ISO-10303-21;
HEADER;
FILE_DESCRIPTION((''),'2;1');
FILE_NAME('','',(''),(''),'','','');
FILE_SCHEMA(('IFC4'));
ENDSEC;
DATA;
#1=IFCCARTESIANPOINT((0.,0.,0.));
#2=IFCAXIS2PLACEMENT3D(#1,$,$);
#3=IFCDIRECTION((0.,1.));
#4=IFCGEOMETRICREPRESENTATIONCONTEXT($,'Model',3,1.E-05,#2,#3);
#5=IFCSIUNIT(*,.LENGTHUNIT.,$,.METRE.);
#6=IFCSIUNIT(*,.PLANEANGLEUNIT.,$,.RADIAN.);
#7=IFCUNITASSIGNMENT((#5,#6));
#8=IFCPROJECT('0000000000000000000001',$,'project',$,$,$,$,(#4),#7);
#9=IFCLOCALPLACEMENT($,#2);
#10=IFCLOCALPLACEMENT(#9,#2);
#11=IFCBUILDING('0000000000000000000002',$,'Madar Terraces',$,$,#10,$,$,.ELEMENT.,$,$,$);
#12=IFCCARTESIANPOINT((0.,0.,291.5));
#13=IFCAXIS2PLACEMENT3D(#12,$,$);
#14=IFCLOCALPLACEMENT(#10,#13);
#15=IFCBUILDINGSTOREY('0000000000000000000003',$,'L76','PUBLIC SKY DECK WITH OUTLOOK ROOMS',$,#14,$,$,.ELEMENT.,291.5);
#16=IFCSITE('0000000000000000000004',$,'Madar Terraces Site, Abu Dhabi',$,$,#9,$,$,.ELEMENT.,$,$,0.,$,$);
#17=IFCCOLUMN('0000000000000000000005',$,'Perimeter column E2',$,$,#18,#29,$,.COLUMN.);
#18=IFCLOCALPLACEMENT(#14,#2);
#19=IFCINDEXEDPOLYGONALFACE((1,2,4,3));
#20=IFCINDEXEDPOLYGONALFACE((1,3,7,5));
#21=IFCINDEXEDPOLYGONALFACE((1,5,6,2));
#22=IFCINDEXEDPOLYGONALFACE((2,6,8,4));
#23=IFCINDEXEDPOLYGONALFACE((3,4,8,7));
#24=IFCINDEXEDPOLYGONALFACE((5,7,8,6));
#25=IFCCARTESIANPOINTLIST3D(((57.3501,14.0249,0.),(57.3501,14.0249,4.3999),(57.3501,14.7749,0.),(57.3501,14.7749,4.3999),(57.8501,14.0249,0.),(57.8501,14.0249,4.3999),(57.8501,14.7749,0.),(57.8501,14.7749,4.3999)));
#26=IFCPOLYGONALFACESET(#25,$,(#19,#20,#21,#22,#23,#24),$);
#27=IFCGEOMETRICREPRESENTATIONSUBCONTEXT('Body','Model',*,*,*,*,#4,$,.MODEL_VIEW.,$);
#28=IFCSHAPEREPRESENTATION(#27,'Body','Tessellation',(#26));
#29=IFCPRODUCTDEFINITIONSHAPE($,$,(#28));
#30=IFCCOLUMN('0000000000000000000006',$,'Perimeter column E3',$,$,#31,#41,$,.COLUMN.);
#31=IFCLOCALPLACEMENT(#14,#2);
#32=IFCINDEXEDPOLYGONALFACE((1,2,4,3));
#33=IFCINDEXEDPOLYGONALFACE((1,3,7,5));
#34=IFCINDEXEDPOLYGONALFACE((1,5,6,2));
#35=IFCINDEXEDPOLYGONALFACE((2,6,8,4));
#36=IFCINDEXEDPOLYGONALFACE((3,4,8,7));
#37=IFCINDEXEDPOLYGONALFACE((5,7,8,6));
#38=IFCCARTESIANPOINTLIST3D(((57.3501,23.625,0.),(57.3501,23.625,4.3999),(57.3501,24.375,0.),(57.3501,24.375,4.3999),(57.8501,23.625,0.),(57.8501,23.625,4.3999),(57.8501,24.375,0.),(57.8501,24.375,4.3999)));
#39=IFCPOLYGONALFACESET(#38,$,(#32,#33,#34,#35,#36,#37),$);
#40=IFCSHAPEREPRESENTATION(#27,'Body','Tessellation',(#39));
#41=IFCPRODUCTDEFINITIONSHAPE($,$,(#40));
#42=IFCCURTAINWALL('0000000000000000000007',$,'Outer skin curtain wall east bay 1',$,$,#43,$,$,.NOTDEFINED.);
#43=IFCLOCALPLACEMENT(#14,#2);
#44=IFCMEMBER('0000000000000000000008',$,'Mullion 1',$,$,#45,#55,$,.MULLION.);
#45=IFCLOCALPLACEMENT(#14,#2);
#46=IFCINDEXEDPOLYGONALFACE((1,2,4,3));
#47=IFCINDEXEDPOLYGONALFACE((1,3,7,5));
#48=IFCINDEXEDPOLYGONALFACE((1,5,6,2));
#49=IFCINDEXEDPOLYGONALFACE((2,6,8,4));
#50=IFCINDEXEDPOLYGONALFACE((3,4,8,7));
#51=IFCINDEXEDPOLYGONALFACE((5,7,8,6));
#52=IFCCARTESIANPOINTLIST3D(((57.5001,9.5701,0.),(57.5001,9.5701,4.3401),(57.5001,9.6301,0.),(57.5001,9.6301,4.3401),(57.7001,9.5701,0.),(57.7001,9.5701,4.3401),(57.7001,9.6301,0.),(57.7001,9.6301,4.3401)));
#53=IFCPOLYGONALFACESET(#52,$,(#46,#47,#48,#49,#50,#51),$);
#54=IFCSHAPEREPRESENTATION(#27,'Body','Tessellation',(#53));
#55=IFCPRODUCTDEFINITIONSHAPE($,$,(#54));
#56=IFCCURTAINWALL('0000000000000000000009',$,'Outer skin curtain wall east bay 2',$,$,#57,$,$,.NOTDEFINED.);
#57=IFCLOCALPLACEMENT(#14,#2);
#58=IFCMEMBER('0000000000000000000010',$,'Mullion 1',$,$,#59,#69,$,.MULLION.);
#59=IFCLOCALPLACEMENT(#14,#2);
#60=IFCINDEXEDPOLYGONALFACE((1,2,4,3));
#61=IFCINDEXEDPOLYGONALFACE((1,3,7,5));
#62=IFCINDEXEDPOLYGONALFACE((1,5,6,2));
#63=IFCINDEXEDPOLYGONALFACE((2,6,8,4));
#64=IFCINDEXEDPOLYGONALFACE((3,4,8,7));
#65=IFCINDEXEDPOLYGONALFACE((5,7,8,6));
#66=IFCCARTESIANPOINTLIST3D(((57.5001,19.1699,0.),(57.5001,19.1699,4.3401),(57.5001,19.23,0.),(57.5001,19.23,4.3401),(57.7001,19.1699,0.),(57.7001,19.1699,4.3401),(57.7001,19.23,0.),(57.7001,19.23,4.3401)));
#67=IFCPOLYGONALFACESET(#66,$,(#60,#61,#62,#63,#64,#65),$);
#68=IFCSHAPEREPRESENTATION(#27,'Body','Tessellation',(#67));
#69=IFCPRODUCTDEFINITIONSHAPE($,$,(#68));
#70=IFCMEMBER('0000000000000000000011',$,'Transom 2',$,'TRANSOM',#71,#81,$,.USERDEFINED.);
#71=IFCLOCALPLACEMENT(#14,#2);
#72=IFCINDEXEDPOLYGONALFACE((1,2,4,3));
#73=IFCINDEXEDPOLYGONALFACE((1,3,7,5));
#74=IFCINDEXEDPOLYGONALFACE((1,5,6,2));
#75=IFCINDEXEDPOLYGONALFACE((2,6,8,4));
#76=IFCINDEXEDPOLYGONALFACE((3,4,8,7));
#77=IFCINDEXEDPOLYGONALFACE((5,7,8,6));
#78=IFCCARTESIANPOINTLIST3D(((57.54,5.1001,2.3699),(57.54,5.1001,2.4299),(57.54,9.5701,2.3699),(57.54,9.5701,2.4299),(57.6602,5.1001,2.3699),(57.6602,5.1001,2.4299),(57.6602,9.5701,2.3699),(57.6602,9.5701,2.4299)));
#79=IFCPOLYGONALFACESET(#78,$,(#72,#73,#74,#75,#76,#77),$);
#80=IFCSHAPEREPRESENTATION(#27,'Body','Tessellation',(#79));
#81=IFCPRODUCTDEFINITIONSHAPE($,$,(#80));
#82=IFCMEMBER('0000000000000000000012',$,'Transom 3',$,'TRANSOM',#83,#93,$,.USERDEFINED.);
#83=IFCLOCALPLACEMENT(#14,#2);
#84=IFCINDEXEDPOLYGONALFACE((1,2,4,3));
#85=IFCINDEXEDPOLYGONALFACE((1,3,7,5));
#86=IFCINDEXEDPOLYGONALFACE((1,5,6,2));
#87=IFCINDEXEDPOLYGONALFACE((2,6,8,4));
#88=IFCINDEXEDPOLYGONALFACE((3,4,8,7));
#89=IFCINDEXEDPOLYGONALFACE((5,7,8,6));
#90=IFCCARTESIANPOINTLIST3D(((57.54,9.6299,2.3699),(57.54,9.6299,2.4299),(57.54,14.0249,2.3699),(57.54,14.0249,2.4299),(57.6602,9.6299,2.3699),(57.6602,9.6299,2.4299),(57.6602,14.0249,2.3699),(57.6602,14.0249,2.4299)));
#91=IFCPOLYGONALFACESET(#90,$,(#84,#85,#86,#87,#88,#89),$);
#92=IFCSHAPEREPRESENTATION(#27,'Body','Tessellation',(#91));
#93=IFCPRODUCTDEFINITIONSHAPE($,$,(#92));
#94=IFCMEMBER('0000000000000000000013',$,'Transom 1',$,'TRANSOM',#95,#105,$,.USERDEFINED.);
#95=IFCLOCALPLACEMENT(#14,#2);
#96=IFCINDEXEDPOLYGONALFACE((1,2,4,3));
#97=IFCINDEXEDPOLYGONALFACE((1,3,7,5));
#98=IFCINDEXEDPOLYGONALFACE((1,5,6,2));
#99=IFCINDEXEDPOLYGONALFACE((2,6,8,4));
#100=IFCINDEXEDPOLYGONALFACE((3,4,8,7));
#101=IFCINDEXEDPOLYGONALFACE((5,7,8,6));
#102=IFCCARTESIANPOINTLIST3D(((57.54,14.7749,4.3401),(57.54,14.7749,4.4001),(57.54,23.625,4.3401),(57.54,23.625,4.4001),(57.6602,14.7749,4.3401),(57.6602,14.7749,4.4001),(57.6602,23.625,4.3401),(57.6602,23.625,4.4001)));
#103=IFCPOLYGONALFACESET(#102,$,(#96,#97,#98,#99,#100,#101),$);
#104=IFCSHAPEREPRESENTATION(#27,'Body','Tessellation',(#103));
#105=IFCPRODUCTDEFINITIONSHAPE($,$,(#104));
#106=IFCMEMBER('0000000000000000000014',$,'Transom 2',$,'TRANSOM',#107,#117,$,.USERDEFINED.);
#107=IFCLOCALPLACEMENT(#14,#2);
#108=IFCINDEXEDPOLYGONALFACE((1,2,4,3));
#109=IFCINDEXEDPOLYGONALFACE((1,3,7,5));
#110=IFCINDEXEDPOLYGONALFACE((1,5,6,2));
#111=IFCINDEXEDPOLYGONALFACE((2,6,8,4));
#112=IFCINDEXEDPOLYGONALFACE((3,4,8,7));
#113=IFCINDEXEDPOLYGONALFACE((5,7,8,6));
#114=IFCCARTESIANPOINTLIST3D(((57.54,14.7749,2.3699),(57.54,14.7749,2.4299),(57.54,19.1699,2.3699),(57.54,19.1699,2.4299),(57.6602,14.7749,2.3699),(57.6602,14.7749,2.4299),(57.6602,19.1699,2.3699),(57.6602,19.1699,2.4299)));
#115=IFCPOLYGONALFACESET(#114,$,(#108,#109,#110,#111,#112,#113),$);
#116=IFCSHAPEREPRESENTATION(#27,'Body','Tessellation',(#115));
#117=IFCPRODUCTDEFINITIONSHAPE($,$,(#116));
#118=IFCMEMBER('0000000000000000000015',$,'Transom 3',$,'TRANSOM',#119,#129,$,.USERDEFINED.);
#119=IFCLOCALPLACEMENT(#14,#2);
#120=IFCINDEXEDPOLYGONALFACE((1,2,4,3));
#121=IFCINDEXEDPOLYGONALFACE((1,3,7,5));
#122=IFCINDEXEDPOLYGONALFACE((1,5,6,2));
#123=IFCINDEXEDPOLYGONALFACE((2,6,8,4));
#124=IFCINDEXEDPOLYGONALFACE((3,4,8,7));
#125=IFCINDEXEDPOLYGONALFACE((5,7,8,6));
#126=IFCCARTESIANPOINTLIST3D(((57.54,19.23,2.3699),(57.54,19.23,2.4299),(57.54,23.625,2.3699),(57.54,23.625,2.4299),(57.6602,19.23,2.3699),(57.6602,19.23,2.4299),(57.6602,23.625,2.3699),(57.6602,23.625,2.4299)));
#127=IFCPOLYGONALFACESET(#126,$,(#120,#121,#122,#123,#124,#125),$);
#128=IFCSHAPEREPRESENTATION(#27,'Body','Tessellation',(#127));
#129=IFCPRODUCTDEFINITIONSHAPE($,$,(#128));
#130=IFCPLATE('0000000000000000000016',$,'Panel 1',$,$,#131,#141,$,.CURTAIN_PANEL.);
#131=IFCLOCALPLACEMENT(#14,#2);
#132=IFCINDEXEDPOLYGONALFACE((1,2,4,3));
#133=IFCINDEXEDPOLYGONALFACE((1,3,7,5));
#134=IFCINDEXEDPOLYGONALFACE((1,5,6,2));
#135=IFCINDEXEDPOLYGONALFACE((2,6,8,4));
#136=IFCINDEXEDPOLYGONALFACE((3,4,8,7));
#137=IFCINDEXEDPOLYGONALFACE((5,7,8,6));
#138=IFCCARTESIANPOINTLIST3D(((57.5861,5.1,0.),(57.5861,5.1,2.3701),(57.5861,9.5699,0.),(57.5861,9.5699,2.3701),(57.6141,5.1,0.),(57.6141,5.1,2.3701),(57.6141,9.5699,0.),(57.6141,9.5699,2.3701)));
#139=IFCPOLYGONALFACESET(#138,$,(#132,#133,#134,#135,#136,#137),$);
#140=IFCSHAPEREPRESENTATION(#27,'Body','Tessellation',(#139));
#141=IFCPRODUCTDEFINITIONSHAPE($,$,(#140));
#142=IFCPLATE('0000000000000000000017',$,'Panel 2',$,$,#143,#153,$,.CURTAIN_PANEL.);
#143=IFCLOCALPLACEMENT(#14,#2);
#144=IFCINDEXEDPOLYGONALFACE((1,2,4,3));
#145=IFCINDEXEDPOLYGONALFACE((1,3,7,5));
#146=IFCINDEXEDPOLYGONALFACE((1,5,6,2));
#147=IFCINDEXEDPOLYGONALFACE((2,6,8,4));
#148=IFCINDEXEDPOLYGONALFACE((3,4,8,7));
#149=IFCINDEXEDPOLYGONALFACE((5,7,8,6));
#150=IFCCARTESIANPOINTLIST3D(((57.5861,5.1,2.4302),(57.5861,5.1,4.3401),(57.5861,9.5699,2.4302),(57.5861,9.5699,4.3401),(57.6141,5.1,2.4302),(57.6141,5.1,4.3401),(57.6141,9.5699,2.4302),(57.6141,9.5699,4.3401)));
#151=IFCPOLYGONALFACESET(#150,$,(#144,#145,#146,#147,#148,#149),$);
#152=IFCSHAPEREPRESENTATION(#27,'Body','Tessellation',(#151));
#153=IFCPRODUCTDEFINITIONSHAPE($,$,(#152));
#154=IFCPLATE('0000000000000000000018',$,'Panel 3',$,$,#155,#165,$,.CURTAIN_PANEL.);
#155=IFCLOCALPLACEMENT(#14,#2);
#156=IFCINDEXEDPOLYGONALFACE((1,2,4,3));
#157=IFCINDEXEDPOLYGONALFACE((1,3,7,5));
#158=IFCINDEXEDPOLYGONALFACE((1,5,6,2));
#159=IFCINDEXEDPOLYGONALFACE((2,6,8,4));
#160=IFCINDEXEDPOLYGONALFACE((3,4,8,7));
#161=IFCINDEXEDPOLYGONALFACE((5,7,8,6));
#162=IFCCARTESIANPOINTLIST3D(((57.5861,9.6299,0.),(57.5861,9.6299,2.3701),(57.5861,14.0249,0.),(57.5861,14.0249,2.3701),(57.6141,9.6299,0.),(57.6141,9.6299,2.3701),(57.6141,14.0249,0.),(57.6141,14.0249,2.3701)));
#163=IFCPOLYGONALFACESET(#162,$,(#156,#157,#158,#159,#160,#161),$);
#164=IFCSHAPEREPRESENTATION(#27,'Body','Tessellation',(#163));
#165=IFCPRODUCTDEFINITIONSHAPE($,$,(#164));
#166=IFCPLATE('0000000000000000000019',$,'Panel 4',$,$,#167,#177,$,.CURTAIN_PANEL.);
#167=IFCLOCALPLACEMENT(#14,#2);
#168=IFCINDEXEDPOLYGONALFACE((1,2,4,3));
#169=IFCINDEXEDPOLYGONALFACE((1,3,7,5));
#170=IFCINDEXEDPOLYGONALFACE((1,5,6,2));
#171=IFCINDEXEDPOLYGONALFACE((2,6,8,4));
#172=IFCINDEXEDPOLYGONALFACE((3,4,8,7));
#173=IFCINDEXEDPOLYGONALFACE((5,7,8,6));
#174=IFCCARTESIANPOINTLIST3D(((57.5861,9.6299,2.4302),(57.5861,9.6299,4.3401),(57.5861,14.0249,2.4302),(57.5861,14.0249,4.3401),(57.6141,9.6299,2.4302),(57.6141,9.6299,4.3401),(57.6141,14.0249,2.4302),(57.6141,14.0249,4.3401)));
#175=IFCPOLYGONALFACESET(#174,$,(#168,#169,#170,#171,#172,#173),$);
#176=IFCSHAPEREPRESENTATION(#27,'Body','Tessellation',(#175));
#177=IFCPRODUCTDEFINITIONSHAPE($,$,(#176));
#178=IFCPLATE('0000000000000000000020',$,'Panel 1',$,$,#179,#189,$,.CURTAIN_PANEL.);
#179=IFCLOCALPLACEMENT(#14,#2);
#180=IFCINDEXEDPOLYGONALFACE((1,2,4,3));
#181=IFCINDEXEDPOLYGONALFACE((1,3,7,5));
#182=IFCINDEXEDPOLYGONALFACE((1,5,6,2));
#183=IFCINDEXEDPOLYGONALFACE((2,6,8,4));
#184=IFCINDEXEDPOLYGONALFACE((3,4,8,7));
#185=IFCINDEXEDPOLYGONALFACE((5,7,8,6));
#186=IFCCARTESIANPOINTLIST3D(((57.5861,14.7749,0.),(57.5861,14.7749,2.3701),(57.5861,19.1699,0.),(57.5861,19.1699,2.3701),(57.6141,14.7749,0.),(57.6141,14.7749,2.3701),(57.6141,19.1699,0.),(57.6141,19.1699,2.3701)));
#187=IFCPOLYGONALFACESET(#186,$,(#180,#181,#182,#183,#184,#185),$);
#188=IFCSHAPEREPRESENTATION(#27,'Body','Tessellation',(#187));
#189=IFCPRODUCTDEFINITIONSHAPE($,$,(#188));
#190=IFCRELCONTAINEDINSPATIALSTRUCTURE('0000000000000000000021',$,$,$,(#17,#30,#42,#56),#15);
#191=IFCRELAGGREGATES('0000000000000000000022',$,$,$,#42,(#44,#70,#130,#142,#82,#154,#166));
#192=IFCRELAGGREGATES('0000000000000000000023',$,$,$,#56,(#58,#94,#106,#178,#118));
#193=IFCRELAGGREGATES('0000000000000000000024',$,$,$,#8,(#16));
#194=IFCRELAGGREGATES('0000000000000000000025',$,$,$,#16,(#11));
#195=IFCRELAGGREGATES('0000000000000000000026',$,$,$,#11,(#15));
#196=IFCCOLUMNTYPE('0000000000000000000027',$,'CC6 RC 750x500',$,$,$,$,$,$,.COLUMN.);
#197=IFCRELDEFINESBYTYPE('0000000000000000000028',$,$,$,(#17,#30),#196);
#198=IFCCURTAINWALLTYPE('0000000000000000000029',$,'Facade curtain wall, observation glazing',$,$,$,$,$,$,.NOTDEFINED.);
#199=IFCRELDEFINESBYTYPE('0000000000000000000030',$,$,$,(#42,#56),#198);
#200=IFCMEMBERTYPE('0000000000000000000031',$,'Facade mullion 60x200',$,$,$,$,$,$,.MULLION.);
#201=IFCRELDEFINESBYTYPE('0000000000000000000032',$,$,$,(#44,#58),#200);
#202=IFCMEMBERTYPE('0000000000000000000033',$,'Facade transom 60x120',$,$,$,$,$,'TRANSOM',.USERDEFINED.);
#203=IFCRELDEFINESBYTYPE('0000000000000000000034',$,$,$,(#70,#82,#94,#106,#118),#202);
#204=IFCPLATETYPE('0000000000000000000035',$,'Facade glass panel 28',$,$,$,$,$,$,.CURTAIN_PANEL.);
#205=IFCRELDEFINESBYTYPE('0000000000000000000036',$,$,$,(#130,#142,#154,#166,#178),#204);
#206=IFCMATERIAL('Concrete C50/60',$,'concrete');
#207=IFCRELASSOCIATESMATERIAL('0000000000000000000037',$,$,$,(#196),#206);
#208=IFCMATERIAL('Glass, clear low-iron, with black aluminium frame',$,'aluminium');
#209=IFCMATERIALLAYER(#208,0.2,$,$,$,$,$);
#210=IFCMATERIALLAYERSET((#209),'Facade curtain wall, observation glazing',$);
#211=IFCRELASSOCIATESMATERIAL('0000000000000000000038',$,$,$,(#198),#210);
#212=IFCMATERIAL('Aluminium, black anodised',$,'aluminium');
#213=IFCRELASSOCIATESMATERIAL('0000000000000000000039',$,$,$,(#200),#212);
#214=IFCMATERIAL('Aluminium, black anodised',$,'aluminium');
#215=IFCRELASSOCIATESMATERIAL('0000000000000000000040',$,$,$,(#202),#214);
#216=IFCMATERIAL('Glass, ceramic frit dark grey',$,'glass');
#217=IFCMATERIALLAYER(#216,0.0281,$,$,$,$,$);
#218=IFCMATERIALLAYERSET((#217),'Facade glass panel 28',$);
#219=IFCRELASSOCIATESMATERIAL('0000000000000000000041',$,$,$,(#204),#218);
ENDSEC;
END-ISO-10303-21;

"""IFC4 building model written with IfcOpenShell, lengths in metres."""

from ifc_helpers import new_model, si_unit, direction, frame, origin, origin_2d, place, context, subcontext, project, spatial, rectangle, extrude, material, layer, layer_set, material_profile, profile_set, type_object, element, aggregate, save


model = new_model("IFC4")

# Units and contexts
model_context = context("Model", 3, precision=1e-05, world=origin(), true_north=direction((0.0, 1.0)))
body_context = subcontext(model_context, "Body", "Model", "MODEL_VIEW")
ifc_project = project(units=[si_unit("LENGTHUNIT", "METRE"), si_unit("PLANEANGLEUNIT", "RADIAN")], contexts=[model_context])

# Site, building, storey
site_placement = place(None, origin())
site = spatial("IfcSite", under=ifc_project, at=site_placement, Name="Madar Terraces Site, Abu Dhabi", CompositionType="ELEMENT", RefElevation=0.0)
building_placement = place(site_placement, origin())
building = spatial("IfcBuilding", under=site, at=building_placement, Name="Madar Terraces", CompositionType="ELEMENT")
storey_placement = place(building_placement, frame((0.0, 0.0, 291.5)))
storey = spatial("IfcBuildingStorey", under=building, at=storey_placement, Name="L76", Description="PUBLIC SKY DECK WITH OUTLOOK ROOMS", CompositionType="ELEMENT", Elevation=291.5)

# Columns
ifc_material_1 = material(Name="Concrete C50/60", Category="concrete")
ifc_material_profile_1 = material_profile(ifc_material_1, rectangle(XDim=0.75, YDim=0.5, at=origin_2d()), Name="CC6 RC 750x500")
ifc_profile_set_1 = profile_set([ifc_material_profile_1], Name="Concrete C50/60")
column_type = type_object("IfcColumnType", Name="CC6 RC 750x500", PredefinedType="COLUMN", material=ifc_profile_set_1)
for number, where, z_axis, x_axis, name in (
    (1, (57.6001, 14.3999, 0.0), (0.0, 0.0, 1.0), (0.0, 1.0, 0.0), "Perimeter column E2"),
    (2, (57.6001, 24.0, 0.0), (0.0, 0.0, 1.0), (0.0, 1.0, 0.0), "Perimeter column E3"),
):
    element("IfcColumn", number, at=place(storey_placement, frame(where, z_axis=z_axis, x_axis=x_axis)), inside=storey, type_object=column_type, Name=name, PredefinedType="COLUMN", context=body_context, shape_type="SweptSolid", body=[
        extrude(rectangle(XDim=0.75, YDim=0.5, at=origin_2d()), origin(), (0.0, 0.0, 1.0), 4.3999),
    ])

# Curtain walls, members
ifc_material_2 = material(Name="Glass, clear low-iron, with black aluminium frame", Category="aluminium")
ifc_layer_1 = layer(ifc_material_2, 0.2)
ifc_layer_set_1 = layer_set([ifc_layer_1], Name="Facade curtain wall, observation glazing")
curtain_wall_type = type_object("IfcCurtainWallType", Name="Facade curtain wall, observation glazing", PredefinedType="NOTDEFINED", material=ifc_layer_set_1)
curtain_wall_1_placement = place(storey_placement, origin())
curtain_wall_1 = element("IfcCurtainWall", 3, at=curtain_wall_1_placement, inside=storey, type_object=curtain_wall_type, Name="Outer skin curtain wall east bay 1", PredefinedType="NOTDEFINED")
ifc_material_3 = material(Name="Aluminium, black anodised", Category="aluminium")
ifc_material_profile_2 = material_profile(ifc_material_3, rectangle(XDim=0.2, YDim=0.0601, at=origin_2d()), Name="Facade mullion 60x200")
ifc_profile_set_2 = profile_set([ifc_material_profile_2], Name="Aluminium, black anodised")
member_type_1 = type_object("IfcMemberType", Name="Facade mullion 60x200", PredefinedType="MULLION", material=ifc_profile_set_2)
member_1_placement = place(storey_placement, frame((57.6001, 9.6001, 0.0), z_axis=(0.0, 0.0, 1.0), x_axis=(-1.0, 0.0, 0.0)))
member_1 = element("IfcMember", 4, at=member_1_placement, type_object=member_type_1, Name="Mullion 1", PredefinedType="MULLION", context=body_context, shape_type="SweptSolid", body=[
    extrude(rectangle(XDim=0.2, YDim=0.0601, at=origin_2d()), origin(), (0.0, 0.0, 1.0), 4.3401),
])
curtain_wall_2_placement = place(storey_placement, origin())
curtain_wall_2 = element("IfcCurtainWall", 5, at=curtain_wall_2_placement, inside=storey, type_object=curtain_wall_type, Name="Outer skin curtain wall east bay 2", PredefinedType="NOTDEFINED")
member_2_placement = place(storey_placement, frame((57.6001, 19.2, 0.0), z_axis=(0.0, 0.0, 1.0), x_axis=(-1.0, 0.0, 0.0)))
member_2 = element("IfcMember", 6, at=member_2_placement, type_object=member_type_1, Name="Mullion 1", PredefinedType="MULLION", context=body_context, shape_type="SweptSolid", body=[
    extrude(rectangle(XDim=0.2, YDim=0.0601, at=origin_2d()), origin(), (0.0, 0.0, 1.0), 4.3401),
])

# Members
ifc_material_4 = material(Name="Aluminium, black anodised", Category="aluminium")
ifc_material_profile_3 = material_profile(ifc_material_4, rectangle(XDim=0.1201, YDim=0.0601, at=origin_2d()), Name="Facade transom 60x120")
ifc_profile_set_3 = profile_set([ifc_material_profile_3], Name="Aluminium, black anodised")
member_type_2 = type_object("IfcMemberType", Name="Facade transom 60x120", ElementType="TRANSOM", PredefinedType="USERDEFINED", material=ifc_profile_set_3)
member_3_placement = place(storey_placement, frame((57.6001, 5.1001, 2.3999), z_axis=(0.0, 1.0, 0.0), x_axis=(-1.0, 0.0, 0.0)))
member_3 = element("IfcMember", 7, at=member_3_placement, type_object=member_type_2, Name="Transom 2", ObjectType="TRANSOM", PredefinedType="USERDEFINED", context=body_context, shape_type="SweptSolid", body=[
    extrude(rectangle(XDim=0.1201, YDim=0.0601, at=origin_2d()), origin(), (0.0, 0.0, 1.0), 4.47),
])
member_4_placement = place(storey_placement, frame((57.6001, 9.6299, 2.3999), z_axis=(0.0, 1.0, 0.0), x_axis=(-1.0, 0.0, 0.0)))
member_4 = element("IfcMember", 8, at=member_4_placement, type_object=member_type_2, Name="Transom 3", ObjectType="TRANSOM", PredefinedType="USERDEFINED", context=body_context, shape_type="SweptSolid", body=[
    extrude(rectangle(XDim=0.1201, YDim=0.0601, at=origin_2d()), origin(), (0.0, 0.0, 1.0), 4.395),
])
member_5_placement = place(storey_placement, frame((57.6001, 14.7749, 4.3701), z_axis=(0.0, 1.0, 0.0), x_axis=(-1.0, 0.0, 0.0)))
member_5 = element("IfcMember", 9, at=member_5_placement, type_object=member_type_2, Name="Transom 1", ObjectType="TRANSOM", PredefinedType="USERDEFINED", context=body_context, shape_type="SweptSolid", body=[
    extrude(rectangle(XDim=0.1201, YDim=0.0601, at=origin_2d()), origin(), (0.0, 0.0, 1.0), 8.8501),
])
member_6_placement = place(storey_placement, frame((57.6001, 14.7749, 2.3999), z_axis=(0.0, 1.0, 0.0), x_axis=(-1.0, 0.0, 0.0)))
member_6 = element("IfcMember", 10, at=member_6_placement, type_object=member_type_2, Name="Transom 2", ObjectType="TRANSOM", PredefinedType="USERDEFINED", context=body_context, shape_type="SweptSolid", body=[
    extrude(rectangle(XDim=0.1201, YDim=0.0601, at=origin_2d()), origin(), (0.0, 0.0, 1.0), 4.395),
])
member_7_placement = place(storey_placement, frame((57.6001, 19.23, 2.3999), z_axis=(0.0, 1.0, 0.0), x_axis=(-1.0, 0.0, 0.0)))
member_7 = element("IfcMember", 11, at=member_7_placement, type_object=member_type_2, Name="Transom 3", ObjectType="TRANSOM", PredefinedType="USERDEFINED", context=body_context, shape_type="SweptSolid", body=[
    extrude(rectangle(XDim=0.1201, YDim=0.0601, at=origin_2d()), origin(), (0.0, 0.0, 1.0), 4.395),
])

# Plates
ifc_material_5 = material(Name="Glass, ceramic frit dark grey", Category="glass")
ifc_layer_2 = layer(ifc_material_5, 0.0281)
ifc_layer_set_2 = layer_set([ifc_layer_2], Name="Facade glass panel 28")
plate_type = type_object("IfcPlateType", Name="Facade glass panel 28", PredefinedType="CURTAIN_PANEL", material=ifc_layer_set_2)
plate_1_placement = place(storey_placement, frame((57.6001, 7.335, 0.0), z_axis=(0.0, 0.0, 1.0), x_axis=(0.0, 1.0, 0.0)))
plate_1 = element("IfcPlate", 12, at=plate_1_placement, type_object=plate_type, Name="Panel 1", PredefinedType="CURTAIN_PANEL", context=body_context, shape_type="SweptSolid", body=[
    extrude(rectangle(XDim=4.47, YDim=0.0281, at=origin_2d()), origin(), (0.0, 0.0, 1.0), 2.3701),
])
plate_2_placement = place(storey_placement, frame((57.6001, 7.335, 2.4302), z_axis=(0.0, 0.0, 1.0), x_axis=(0.0, 1.0, 0.0)))
plate_2 = element("IfcPlate", 13, at=plate_2_placement, type_object=plate_type, Name="Panel 2", PredefinedType="CURTAIN_PANEL", context=body_context, shape_type="SweptSolid", body=[
    extrude(rectangle(XDim=4.47, YDim=0.0281, at=origin_2d()), origin(), (0.0, 0.0, 1.0), 1.9099),
])
plate_3_placement = place(storey_placement, frame((57.6001, 11.8274, 0.0), z_axis=(0.0, 0.0, 1.0), x_axis=(0.0, 1.0, 0.0)))
plate_3 = element("IfcPlate", 14, at=plate_3_placement, type_object=plate_type, Name="Panel 3", PredefinedType="CURTAIN_PANEL", context=body_context, shape_type="SweptSolid", body=[
    extrude(rectangle(XDim=4.395, YDim=0.0281, at=origin_2d()), origin(), (0.0, 0.0, 1.0), 2.3701),
])
plate_4_placement = place(storey_placement, frame((57.6001, 11.8274, 2.4302), z_axis=(0.0, 0.0, 1.0), x_axis=(0.0, 1.0, 0.0)))
plate_4 = element("IfcPlate", 15, at=plate_4_placement, type_object=plate_type, Name="Panel 4", PredefinedType="CURTAIN_PANEL", context=body_context, shape_type="SweptSolid", body=[
    extrude(rectangle(XDim=4.395, YDim=0.0281, at=origin_2d()), origin(), (0.0, 0.0, 1.0), 1.9099),
])
aggregate(curtain_wall_1, [member_1, member_3, plate_1, plate_2, member_4, plate_3, plate_4])
plate_5_placement = place(storey_placement, frame((57.6001, 16.9724, 0.0), z_axis=(0.0, 0.0, 1.0), x_axis=(0.0, 1.0, 0.0)))
plate_5 = element("IfcPlate", 16, at=plate_5_placement, type_object=plate_type, Name="Panel 1", PredefinedType="CURTAIN_PANEL", context=body_context, shape_type="SweptSolid", body=[
    extrude(rectangle(XDim=4.395, YDim=0.0281, at=origin_2d()), origin(), (0.0, 0.0, 1.0), 2.3701),
])
aggregate(curtain_wall_2, [member_2, member_5, member_6, plate_5, member_7])

save(model, "model.ifc")
